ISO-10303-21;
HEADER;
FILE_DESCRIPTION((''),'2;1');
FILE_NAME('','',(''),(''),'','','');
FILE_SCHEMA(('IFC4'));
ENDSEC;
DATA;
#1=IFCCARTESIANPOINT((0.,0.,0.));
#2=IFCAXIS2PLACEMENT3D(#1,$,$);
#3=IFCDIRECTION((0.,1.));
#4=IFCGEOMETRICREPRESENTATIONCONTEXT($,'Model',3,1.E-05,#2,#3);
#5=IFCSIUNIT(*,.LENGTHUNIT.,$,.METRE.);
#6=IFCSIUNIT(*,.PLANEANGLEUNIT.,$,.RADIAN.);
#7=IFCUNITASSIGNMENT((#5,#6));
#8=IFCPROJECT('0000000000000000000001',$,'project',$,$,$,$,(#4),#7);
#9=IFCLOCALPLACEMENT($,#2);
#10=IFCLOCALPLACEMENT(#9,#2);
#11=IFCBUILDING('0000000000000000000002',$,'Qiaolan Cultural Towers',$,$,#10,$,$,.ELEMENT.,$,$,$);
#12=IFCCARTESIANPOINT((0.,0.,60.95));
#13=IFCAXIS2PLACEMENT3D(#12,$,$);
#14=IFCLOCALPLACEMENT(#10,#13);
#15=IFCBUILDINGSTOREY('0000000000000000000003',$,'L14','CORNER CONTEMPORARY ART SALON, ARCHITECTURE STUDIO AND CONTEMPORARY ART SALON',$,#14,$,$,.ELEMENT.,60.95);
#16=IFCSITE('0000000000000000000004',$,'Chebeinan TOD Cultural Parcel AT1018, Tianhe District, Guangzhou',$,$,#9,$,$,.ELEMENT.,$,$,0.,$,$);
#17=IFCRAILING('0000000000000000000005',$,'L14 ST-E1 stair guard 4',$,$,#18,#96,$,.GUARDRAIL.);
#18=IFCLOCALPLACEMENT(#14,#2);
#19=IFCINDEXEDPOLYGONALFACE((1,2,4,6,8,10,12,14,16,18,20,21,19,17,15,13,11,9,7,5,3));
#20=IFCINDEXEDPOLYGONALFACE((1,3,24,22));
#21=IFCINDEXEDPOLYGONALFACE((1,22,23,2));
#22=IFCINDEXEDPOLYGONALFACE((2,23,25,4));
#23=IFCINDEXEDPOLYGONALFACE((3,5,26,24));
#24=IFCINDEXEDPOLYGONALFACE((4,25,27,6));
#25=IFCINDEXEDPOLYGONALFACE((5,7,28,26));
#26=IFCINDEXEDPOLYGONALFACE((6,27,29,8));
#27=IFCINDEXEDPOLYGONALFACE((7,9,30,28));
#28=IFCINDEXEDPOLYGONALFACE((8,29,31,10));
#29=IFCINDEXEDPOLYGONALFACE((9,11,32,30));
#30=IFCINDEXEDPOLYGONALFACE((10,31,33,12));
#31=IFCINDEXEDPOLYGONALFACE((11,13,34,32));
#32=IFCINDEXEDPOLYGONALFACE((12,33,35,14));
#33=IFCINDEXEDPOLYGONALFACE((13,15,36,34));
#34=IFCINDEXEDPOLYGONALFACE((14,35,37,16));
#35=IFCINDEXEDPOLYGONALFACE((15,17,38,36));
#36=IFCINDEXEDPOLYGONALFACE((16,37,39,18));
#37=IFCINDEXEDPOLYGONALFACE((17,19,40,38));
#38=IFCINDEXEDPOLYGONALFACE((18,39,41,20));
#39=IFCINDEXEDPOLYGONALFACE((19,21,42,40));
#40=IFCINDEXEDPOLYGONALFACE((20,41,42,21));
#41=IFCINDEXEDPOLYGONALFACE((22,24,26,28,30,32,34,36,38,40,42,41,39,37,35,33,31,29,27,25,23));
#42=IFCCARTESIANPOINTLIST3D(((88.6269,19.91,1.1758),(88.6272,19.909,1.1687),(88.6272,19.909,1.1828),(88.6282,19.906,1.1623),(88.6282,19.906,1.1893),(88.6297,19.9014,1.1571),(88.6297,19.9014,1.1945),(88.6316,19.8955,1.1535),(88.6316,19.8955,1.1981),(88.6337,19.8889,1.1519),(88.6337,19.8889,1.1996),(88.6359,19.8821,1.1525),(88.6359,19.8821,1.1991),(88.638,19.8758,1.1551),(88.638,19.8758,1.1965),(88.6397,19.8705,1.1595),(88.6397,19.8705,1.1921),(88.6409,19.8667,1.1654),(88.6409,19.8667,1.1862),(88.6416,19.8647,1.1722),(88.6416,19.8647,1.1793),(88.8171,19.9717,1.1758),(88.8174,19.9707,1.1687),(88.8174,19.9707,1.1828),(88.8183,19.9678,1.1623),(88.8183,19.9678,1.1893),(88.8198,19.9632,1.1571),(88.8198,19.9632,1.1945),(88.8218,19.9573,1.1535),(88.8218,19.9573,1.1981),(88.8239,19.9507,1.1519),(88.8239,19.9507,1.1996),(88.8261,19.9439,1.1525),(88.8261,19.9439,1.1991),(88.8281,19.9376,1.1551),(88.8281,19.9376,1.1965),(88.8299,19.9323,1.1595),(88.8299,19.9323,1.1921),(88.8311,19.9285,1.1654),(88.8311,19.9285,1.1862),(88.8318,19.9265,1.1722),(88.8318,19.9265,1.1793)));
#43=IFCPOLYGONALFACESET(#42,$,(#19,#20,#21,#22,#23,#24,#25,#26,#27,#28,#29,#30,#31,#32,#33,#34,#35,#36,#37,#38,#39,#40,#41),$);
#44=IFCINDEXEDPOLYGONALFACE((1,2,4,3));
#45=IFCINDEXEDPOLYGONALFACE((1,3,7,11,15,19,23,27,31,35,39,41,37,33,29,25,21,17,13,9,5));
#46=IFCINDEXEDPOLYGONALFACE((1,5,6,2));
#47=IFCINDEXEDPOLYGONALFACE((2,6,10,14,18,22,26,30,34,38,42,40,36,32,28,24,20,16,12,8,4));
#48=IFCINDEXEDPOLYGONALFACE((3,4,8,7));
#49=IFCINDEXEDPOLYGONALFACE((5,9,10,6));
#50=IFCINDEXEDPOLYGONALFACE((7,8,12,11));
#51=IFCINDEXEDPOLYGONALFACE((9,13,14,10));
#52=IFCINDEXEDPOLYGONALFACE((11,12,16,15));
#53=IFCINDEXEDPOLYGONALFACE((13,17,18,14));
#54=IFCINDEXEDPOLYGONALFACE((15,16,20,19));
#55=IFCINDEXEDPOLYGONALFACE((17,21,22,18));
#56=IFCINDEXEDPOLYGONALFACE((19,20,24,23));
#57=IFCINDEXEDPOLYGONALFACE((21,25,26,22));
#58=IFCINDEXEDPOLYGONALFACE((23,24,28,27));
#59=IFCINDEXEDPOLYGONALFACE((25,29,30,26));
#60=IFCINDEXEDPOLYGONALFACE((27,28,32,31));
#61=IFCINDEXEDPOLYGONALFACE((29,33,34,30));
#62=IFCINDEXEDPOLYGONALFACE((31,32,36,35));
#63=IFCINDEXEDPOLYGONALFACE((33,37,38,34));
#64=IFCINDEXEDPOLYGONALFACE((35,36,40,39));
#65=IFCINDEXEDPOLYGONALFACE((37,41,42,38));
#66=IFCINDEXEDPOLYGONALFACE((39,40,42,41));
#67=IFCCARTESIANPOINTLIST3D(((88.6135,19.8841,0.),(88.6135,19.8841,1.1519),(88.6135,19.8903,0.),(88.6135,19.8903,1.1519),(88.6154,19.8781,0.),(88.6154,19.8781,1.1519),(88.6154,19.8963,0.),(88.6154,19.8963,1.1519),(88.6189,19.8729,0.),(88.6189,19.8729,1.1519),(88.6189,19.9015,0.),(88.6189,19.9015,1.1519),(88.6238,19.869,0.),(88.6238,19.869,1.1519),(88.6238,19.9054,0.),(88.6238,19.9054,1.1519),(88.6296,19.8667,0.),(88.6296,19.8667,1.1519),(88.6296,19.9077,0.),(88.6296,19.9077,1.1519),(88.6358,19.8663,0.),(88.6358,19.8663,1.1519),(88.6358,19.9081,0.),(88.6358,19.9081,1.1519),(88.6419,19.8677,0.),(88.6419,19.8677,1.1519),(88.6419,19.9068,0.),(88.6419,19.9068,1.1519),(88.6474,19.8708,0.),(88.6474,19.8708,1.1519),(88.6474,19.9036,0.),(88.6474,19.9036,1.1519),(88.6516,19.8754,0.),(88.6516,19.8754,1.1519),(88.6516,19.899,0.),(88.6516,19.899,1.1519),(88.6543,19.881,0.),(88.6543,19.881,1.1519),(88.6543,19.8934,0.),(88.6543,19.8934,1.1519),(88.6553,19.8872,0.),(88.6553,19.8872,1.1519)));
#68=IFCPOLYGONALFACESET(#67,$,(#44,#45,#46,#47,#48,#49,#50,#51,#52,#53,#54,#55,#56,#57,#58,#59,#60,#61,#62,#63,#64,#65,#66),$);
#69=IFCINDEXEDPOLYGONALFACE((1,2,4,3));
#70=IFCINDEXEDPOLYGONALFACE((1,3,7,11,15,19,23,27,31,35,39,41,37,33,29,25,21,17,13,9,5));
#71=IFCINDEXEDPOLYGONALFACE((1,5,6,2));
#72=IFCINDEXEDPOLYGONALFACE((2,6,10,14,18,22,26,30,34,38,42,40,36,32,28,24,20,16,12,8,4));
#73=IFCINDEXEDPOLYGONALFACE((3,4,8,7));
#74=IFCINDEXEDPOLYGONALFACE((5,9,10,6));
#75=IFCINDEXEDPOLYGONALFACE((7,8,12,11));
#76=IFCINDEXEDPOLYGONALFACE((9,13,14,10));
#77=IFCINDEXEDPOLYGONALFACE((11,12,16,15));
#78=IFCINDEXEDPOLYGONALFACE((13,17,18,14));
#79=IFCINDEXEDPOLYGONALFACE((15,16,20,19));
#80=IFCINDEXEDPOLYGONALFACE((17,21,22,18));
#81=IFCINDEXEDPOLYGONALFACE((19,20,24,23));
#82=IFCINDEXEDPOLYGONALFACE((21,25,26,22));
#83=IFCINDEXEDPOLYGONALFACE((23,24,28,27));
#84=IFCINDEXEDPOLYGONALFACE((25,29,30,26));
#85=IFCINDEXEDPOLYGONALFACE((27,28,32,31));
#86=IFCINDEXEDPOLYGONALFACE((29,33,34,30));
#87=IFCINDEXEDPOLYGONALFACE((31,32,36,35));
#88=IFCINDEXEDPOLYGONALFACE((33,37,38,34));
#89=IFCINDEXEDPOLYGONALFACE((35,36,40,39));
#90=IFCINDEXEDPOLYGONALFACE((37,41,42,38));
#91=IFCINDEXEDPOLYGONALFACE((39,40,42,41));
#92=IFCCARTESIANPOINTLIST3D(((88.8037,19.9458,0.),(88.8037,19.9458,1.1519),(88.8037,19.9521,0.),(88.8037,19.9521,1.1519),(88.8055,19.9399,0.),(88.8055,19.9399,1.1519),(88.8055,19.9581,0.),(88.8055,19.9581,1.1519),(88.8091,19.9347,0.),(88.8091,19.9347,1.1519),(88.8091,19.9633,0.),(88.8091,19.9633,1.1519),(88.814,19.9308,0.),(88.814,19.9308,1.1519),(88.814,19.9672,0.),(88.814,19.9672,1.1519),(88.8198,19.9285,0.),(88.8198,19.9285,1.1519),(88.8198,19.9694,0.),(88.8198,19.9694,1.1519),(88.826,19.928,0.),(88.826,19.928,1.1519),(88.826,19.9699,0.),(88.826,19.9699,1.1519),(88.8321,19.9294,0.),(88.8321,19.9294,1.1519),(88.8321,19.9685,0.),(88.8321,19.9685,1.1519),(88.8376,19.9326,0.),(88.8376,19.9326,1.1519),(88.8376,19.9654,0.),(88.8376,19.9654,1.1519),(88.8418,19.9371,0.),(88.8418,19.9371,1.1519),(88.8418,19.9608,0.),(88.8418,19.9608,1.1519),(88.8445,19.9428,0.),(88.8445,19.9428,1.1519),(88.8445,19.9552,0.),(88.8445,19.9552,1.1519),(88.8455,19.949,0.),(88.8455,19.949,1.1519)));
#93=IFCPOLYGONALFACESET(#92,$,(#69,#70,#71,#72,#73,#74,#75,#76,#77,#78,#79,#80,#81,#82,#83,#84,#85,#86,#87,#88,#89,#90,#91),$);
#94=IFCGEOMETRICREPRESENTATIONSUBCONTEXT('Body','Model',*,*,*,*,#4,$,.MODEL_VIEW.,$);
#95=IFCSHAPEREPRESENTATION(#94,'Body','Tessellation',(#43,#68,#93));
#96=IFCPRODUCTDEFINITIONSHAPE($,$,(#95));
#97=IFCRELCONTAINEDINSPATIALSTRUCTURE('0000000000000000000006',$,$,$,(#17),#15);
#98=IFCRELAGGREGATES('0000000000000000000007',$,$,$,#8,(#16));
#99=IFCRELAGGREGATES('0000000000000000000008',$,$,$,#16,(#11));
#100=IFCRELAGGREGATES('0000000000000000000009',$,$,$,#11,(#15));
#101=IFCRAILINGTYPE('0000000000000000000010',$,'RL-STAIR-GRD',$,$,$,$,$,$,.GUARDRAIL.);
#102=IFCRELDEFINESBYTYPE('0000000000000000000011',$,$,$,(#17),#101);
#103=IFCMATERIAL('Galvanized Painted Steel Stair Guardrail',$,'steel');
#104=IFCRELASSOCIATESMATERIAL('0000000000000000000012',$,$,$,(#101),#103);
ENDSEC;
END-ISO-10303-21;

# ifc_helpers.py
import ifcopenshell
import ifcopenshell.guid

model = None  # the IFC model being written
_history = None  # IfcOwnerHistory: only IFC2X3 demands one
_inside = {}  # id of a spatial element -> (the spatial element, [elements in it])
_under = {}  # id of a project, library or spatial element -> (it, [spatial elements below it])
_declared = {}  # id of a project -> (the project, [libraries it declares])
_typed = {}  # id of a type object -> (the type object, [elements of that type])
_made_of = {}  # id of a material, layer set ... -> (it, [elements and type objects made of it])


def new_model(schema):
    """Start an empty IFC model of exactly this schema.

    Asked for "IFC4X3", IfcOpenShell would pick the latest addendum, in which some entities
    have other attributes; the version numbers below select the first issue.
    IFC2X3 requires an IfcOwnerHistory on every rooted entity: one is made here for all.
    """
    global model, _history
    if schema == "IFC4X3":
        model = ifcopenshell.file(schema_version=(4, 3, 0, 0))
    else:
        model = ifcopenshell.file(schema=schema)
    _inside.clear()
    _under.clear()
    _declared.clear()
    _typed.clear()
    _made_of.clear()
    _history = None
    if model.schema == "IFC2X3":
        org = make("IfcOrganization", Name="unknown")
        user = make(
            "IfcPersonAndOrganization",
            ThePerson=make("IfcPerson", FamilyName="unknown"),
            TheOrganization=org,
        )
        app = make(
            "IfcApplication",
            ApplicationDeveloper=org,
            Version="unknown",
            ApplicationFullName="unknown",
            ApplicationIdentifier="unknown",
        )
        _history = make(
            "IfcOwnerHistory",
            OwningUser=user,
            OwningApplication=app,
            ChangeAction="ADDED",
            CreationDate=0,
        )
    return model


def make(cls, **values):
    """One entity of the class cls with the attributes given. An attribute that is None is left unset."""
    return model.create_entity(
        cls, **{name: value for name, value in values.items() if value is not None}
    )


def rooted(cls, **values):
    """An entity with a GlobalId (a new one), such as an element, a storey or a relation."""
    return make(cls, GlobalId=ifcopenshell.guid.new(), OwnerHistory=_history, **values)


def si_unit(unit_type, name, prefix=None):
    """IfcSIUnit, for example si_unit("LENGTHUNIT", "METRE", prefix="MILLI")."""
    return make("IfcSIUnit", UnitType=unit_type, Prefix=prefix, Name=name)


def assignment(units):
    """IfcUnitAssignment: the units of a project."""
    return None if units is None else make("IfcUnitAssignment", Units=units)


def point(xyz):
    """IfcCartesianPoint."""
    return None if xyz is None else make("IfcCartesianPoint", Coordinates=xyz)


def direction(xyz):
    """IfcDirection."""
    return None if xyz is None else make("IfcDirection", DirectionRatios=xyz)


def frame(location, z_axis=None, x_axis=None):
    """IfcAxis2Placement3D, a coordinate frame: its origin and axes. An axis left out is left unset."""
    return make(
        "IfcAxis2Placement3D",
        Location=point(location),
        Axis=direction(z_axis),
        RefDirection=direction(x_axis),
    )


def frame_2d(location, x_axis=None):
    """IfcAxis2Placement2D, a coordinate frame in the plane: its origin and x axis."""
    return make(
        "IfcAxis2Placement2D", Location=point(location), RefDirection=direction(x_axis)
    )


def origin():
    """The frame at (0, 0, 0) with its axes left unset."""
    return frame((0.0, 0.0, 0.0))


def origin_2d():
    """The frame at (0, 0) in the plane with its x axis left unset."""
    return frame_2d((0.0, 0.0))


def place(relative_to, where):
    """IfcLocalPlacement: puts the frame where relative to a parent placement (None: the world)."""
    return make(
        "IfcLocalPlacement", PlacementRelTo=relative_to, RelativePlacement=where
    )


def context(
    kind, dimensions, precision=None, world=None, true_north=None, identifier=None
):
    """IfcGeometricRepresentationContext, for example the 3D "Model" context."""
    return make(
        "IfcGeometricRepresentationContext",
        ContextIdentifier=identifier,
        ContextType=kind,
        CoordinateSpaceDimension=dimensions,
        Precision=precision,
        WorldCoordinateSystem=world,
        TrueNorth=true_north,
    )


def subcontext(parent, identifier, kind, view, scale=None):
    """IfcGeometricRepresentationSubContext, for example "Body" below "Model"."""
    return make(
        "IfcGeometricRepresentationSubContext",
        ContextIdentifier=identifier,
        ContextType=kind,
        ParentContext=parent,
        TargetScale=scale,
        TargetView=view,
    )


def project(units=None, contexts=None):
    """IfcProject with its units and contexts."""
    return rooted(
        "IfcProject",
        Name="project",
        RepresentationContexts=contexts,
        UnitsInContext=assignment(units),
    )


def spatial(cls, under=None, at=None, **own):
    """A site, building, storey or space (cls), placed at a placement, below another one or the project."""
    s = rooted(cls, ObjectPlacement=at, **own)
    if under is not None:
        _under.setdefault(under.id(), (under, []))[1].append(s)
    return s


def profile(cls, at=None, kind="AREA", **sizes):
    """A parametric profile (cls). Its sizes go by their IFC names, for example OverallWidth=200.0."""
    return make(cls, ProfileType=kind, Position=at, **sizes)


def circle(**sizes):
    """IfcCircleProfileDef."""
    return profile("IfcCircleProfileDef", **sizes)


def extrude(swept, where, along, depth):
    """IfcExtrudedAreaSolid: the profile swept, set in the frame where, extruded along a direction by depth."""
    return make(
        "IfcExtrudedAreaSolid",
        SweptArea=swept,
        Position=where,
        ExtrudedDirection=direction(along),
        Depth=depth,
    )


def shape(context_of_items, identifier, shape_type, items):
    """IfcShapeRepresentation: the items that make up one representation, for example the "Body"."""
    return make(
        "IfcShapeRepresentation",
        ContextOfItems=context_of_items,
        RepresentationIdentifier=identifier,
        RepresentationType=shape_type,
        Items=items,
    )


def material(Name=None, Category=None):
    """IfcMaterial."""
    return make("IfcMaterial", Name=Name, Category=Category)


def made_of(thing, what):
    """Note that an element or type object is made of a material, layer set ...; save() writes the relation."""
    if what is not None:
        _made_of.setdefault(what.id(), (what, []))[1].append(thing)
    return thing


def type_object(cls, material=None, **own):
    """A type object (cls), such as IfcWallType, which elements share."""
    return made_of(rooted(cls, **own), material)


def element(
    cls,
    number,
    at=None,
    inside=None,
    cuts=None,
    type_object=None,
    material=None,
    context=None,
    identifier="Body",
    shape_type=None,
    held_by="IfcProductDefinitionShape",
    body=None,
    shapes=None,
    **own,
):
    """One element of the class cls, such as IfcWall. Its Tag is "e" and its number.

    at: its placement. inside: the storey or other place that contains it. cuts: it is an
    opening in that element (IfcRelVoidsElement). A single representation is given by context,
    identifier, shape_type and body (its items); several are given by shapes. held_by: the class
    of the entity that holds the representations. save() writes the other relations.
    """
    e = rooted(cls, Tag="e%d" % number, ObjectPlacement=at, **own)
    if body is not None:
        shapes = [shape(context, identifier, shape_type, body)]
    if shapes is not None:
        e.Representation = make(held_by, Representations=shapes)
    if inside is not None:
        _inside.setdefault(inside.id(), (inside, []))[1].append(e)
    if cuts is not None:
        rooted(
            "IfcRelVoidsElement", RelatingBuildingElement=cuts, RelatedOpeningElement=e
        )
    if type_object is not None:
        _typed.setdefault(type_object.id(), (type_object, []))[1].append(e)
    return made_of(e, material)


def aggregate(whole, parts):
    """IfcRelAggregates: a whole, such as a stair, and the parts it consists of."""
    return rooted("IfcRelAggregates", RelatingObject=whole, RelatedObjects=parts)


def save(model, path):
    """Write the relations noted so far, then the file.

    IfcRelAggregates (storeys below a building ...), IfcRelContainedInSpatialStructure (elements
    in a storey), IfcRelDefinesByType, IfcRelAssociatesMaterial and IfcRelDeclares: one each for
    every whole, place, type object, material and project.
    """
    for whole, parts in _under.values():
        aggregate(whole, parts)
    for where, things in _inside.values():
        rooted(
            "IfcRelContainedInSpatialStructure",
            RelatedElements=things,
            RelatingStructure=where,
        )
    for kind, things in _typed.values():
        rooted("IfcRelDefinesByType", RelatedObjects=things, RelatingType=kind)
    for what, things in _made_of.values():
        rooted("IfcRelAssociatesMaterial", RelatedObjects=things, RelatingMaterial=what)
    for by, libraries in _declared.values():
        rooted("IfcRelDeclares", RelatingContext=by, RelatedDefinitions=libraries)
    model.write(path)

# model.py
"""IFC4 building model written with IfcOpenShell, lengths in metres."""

from ifc_helpers import new_model, si_unit, direction, frame, origin, origin_2d, place, context, subcontext, project, spatial, circle, extrude, material, type_object, element, save


model = new_model("IFC4")

# Units and contexts
model_context = context("Model", 3, precision=1e-05, world=origin(), true_north=direction((0.0, 1.0)))
body_context = subcontext(model_context, "Body", "Model", "MODEL_VIEW")
ifc_project = project(units=[si_unit("LENGTHUNIT", "METRE"), si_unit("PLANEANGLEUNIT", "RADIAN")], contexts=[model_context])

# Site, building, storey
site_placement = place(None, origin())
site = spatial("IfcSite", under=ifc_project, at=site_placement, Name="Chebeinan TOD Cultural Parcel AT1018, Tianhe District, Guangzhou", CompositionType="ELEMENT", RefElevation=0.0)
building_placement = place(site_placement, origin())
building = spatial("IfcBuilding", under=site, at=building_placement, Name="Qiaolan Cultural Towers", CompositionType="ELEMENT")
storey_placement = place(building_placement, frame((0.0, 0.0, 60.95)))
storey = spatial("IfcBuildingStorey", under=building, at=storey_placement, Name="L14", Description="CORNER CONTEMPORARY ART SALON, ARCHITECTURE STUDIO AND CONTEMPORARY ART SALON", CompositionType="ELEMENT", Elevation=60.95)

# Railing
ifc_material_1 = material(Name="Galvanized Painted Steel Stair Guardrail", Category="steel")
railing_type_1 = type_object("IfcRailingType", Name="RL-STAIR-GRD", PredefinedType="GUARDRAIL", material=ifc_material_1)
railing_1_placement = place(storey_placement, frame((88.6343, 19.8872, 0.0)))
element("IfcRailing", 1, at=railing_1_placement, inside=storey, type_object=railing_type_1, Name="L14 ST-E1 stair guard 4", PredefinedType="GUARDRAIL", context=body_context, shape_type="SweptSolid", body=[
    extrude(circle(Radius=0.0239, at=origin_2d()), frame((0.0, 0.0, 1.1758), z_axis=(0.951097, 0.308893, 0.0), x_axis=(-0.308893, 0.951097, 0.0)), (0.0, 0.0, 1.0), 0.2),
    extrude(circle(Radius=0.021, at=origin_2d()), origin(), (0.0, 0.0, 1.0), 1.1519),
    extrude(circle(Radius=0.021, at=origin_2d()), frame((0.1902, 0.0618, 0.0)), (0.0, 0.0, 1.0), 1.1519),
])

save(model, "model.ifc")
